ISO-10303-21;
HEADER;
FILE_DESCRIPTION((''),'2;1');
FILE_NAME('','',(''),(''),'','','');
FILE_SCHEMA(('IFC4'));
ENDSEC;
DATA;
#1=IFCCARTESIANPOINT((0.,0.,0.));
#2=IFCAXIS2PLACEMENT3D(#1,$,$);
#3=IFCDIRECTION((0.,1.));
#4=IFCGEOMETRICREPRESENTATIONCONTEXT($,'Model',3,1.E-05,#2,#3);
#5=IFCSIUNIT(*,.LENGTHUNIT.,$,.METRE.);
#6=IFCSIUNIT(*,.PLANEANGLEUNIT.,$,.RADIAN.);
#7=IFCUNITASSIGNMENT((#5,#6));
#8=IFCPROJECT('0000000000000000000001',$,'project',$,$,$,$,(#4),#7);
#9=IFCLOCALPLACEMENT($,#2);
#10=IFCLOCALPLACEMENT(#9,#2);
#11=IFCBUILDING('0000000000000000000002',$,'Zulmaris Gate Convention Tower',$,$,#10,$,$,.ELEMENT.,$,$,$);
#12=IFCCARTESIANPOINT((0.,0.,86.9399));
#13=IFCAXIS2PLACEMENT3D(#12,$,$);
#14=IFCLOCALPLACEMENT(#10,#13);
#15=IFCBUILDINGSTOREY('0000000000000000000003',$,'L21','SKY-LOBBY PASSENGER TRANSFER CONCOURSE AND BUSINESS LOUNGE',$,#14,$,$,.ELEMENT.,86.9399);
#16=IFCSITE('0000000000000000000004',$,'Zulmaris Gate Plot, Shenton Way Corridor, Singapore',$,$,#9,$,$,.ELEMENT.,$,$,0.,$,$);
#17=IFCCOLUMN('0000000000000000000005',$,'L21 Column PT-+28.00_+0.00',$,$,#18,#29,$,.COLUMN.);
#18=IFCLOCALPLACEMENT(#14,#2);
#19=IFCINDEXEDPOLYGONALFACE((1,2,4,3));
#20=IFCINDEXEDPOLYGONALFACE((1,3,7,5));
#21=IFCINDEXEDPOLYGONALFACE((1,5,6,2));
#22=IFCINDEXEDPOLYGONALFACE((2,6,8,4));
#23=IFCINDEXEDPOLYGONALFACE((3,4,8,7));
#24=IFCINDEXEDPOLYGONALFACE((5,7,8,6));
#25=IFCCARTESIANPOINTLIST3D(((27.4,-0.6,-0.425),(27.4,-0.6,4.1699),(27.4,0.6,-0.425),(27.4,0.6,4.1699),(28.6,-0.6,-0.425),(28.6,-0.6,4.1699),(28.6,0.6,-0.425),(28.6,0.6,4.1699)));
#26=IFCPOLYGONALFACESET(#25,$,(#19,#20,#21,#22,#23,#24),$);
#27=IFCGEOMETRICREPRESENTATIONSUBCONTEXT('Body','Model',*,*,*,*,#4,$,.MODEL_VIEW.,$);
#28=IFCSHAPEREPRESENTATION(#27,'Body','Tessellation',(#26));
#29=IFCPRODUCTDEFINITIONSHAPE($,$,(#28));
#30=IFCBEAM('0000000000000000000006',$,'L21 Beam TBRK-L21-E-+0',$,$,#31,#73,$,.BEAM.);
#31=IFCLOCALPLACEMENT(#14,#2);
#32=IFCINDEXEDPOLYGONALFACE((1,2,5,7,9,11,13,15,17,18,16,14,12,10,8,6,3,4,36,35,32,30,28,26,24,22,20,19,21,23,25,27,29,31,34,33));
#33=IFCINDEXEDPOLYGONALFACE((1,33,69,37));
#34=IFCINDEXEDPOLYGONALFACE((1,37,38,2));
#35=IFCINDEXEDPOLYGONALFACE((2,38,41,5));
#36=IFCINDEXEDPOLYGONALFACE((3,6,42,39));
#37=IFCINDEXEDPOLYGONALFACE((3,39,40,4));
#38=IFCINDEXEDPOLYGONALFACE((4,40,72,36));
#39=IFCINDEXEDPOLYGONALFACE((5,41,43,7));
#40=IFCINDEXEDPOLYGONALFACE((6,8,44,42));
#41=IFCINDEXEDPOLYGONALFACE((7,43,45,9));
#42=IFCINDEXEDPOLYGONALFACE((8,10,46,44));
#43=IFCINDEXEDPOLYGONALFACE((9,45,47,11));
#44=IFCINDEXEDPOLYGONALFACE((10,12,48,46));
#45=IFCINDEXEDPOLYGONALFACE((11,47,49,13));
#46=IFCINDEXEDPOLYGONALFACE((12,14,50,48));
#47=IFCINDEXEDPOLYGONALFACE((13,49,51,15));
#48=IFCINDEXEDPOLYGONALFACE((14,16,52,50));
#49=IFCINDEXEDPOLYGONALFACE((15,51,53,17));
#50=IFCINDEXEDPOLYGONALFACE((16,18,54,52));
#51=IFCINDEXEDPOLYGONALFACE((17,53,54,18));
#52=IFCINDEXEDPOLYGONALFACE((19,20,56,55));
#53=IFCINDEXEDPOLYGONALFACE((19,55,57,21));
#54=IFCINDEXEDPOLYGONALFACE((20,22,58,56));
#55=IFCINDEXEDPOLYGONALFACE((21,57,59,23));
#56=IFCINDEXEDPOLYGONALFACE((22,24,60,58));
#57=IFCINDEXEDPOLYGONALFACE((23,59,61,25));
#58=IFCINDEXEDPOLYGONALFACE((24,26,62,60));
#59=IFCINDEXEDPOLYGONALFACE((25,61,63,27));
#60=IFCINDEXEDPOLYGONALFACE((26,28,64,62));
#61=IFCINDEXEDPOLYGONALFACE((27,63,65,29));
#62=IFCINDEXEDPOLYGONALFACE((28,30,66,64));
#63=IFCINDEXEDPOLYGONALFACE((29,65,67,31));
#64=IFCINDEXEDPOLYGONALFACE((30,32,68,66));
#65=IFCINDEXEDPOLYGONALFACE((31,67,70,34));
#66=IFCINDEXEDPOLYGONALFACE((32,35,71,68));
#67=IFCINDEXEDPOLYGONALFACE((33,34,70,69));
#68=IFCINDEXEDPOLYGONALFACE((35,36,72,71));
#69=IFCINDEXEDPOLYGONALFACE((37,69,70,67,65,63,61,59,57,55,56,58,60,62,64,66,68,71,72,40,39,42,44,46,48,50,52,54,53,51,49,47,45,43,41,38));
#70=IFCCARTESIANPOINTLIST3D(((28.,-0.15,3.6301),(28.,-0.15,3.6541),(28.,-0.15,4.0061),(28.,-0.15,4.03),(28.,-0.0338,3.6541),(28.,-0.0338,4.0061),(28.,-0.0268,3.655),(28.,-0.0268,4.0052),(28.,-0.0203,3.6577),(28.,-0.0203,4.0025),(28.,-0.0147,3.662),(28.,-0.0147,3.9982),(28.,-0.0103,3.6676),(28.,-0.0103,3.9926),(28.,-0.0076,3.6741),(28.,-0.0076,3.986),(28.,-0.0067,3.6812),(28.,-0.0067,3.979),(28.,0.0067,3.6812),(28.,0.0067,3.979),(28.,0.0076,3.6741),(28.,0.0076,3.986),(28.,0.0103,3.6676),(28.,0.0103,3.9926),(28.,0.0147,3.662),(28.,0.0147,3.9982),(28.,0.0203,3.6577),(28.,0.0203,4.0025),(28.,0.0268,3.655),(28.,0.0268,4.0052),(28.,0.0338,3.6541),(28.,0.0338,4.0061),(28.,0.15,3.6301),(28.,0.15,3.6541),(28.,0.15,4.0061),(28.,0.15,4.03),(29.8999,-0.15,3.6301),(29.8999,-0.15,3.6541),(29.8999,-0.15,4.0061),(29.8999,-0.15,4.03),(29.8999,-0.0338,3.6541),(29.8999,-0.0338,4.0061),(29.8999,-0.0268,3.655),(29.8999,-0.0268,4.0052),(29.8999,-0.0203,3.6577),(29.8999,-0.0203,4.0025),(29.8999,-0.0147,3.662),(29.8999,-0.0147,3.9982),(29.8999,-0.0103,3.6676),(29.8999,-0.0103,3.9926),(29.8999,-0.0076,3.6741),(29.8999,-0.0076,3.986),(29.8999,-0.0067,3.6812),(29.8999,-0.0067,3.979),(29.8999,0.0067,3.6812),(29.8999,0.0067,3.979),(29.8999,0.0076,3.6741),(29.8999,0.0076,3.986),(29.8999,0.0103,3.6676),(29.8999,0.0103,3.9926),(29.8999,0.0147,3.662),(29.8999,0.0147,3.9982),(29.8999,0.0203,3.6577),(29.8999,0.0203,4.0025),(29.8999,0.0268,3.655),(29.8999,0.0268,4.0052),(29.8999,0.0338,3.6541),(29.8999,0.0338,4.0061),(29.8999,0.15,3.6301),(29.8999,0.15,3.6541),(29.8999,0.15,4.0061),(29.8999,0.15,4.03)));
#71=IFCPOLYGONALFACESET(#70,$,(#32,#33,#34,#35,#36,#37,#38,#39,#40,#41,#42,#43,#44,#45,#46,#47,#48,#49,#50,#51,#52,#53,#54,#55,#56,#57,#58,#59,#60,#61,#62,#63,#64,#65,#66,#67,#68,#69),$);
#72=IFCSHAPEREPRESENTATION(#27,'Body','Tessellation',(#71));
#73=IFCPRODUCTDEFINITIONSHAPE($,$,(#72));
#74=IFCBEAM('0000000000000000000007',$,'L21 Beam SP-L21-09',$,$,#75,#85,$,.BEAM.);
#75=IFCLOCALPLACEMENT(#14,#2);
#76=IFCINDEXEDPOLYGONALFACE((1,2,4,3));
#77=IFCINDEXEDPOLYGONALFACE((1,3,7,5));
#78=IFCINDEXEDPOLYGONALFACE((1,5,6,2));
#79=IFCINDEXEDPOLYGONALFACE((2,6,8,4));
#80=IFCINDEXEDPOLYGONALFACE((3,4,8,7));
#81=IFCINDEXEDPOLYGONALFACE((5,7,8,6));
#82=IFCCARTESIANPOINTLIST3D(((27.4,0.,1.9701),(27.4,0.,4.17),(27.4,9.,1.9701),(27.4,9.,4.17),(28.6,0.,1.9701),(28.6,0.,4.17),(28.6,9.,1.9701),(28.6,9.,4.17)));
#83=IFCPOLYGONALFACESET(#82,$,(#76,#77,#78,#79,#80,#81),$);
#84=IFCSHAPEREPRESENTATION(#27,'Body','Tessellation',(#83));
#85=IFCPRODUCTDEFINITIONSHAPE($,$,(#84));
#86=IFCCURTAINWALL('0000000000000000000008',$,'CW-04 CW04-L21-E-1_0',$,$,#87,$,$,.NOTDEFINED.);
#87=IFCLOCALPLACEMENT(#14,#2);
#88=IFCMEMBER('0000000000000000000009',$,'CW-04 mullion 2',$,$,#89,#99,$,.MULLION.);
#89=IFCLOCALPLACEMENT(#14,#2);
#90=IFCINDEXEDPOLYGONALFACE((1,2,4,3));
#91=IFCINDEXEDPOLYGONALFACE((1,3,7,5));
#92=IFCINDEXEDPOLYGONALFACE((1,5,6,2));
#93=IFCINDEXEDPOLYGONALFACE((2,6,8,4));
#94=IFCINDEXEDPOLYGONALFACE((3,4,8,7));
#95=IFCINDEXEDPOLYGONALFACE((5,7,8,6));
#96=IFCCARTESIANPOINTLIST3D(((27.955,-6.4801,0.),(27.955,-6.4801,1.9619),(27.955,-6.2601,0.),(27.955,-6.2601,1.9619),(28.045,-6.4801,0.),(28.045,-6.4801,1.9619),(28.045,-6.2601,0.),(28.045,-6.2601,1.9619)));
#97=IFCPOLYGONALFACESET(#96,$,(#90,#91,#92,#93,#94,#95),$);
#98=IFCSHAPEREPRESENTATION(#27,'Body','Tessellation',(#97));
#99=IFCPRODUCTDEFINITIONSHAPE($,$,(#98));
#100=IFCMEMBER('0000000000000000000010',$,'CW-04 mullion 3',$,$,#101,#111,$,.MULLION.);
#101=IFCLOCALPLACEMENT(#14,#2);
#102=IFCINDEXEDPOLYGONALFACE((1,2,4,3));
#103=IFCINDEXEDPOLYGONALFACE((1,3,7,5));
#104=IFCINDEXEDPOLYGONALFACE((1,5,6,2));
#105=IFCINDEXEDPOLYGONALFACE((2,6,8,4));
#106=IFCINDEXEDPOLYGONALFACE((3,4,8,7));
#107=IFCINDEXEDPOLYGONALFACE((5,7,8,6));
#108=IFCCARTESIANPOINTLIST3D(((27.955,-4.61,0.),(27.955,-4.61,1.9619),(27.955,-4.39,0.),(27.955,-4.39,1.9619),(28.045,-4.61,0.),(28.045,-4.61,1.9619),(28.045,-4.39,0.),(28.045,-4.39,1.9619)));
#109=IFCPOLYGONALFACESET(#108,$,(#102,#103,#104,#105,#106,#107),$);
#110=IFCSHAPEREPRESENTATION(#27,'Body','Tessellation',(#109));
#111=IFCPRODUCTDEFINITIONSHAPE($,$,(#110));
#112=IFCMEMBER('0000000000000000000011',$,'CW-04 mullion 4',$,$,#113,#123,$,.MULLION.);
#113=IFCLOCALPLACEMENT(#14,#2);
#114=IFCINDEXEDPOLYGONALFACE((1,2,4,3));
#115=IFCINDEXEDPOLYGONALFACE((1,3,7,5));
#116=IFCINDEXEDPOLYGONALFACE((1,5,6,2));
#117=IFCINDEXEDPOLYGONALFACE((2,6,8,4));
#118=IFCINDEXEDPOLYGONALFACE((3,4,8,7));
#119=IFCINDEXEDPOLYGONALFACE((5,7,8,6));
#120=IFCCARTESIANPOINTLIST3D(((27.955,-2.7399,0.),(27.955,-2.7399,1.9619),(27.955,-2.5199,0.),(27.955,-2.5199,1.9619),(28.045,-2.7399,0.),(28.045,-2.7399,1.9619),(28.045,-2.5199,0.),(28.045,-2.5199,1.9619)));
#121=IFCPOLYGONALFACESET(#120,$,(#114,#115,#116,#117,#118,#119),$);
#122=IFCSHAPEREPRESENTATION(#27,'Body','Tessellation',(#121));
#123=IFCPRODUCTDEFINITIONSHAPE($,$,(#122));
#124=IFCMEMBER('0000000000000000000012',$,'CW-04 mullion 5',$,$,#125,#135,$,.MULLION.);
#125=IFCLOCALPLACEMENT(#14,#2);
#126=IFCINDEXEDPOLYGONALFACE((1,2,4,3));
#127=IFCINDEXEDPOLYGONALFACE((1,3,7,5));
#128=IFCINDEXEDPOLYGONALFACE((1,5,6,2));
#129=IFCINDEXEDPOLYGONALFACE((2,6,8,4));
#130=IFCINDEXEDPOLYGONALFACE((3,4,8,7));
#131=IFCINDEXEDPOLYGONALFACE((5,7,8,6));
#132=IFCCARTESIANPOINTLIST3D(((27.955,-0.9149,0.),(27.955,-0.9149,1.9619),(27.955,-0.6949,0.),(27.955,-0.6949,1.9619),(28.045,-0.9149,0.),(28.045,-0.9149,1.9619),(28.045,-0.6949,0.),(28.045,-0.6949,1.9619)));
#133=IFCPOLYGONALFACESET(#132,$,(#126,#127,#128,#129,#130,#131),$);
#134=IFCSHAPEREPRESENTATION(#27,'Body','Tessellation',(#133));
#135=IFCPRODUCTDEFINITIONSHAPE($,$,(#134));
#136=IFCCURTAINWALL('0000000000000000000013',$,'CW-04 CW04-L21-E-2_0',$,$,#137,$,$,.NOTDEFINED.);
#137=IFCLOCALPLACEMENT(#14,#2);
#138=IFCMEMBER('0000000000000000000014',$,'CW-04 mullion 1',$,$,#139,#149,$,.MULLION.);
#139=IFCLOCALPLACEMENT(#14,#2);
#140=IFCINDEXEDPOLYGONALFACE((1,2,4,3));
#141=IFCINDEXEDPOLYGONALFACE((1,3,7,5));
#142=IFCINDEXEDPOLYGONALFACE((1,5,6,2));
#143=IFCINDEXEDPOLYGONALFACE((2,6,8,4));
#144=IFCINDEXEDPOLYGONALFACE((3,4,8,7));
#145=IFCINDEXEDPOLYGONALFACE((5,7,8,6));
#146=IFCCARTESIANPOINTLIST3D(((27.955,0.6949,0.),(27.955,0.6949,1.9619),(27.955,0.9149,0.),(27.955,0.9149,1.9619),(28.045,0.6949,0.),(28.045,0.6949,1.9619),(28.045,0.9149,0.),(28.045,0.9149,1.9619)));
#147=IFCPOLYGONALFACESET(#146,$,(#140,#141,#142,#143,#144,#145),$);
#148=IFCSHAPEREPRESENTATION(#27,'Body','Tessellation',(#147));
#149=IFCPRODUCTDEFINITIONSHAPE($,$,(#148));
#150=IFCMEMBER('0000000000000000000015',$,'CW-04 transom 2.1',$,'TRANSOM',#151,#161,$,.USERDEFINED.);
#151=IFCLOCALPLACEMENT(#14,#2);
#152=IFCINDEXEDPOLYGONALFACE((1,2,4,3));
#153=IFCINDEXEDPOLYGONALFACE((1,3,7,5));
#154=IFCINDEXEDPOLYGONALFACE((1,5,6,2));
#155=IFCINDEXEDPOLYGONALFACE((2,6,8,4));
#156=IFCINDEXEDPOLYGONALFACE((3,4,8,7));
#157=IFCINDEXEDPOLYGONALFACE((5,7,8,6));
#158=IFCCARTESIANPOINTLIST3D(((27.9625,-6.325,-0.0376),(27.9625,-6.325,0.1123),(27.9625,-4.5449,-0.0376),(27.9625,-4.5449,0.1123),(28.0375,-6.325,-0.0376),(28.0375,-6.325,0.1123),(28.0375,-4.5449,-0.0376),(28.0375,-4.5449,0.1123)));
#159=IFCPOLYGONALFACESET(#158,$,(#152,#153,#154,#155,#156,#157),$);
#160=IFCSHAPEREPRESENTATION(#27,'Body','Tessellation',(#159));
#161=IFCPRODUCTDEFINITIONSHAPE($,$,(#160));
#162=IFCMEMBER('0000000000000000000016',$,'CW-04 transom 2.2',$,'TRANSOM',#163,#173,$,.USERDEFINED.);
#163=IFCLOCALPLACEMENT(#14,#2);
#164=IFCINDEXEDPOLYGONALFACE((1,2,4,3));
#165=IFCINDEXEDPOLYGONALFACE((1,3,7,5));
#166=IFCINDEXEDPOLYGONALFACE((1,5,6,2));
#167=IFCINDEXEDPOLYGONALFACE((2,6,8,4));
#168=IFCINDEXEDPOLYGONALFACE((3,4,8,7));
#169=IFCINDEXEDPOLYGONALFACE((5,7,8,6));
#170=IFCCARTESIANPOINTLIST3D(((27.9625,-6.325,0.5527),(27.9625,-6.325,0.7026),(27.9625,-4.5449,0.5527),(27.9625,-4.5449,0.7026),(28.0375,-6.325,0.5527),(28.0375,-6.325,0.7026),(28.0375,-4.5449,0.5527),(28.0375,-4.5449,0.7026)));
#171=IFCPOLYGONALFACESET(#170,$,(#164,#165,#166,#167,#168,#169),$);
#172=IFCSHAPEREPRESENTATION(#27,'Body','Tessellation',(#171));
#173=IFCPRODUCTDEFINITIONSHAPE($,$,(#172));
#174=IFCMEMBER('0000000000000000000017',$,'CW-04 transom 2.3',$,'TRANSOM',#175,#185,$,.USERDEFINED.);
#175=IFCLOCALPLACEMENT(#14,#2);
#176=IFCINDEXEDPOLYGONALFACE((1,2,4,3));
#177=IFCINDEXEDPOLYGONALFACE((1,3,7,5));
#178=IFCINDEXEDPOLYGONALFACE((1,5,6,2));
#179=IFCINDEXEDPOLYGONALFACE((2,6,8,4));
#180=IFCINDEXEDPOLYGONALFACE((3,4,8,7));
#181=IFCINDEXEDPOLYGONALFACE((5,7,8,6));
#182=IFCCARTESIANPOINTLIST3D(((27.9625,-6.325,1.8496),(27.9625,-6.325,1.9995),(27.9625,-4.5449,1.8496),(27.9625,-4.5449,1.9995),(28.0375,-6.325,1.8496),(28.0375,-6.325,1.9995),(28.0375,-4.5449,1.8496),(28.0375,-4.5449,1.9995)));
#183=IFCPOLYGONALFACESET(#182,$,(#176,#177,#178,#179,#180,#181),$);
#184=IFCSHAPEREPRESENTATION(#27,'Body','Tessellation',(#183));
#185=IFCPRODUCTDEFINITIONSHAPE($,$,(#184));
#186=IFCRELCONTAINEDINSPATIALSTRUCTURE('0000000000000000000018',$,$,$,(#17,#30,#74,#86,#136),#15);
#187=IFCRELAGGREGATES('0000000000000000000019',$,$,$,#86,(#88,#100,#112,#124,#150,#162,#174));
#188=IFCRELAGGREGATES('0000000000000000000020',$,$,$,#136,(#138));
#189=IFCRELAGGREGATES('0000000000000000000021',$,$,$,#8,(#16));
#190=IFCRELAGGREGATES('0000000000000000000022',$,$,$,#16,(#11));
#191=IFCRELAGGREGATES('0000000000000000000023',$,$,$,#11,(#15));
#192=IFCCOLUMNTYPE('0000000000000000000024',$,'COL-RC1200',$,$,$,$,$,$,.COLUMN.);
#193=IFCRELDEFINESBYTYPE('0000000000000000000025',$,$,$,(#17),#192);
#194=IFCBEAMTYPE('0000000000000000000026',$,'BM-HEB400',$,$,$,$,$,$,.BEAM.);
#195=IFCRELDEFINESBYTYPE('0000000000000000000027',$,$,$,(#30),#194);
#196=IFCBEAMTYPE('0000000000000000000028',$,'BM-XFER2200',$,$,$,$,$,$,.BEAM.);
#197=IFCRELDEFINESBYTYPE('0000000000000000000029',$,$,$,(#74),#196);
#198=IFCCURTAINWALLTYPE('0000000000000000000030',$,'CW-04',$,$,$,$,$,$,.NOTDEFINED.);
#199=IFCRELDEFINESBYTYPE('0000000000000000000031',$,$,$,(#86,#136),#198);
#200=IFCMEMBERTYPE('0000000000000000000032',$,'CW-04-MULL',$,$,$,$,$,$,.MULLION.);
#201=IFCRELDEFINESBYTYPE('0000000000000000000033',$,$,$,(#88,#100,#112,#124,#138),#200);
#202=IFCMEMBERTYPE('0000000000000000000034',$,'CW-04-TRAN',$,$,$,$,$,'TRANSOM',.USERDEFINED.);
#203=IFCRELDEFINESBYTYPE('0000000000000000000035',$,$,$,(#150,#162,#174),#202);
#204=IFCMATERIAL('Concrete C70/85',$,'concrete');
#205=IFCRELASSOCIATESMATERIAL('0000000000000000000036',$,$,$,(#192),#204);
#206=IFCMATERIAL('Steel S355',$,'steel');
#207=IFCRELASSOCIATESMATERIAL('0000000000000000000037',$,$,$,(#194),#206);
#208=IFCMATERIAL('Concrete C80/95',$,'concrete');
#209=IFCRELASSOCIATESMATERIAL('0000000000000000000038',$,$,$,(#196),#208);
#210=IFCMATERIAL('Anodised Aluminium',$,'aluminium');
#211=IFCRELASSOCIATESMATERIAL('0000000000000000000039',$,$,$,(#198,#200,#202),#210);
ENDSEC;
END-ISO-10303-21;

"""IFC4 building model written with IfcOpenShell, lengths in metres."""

from ifc_helpers import new_model, si_unit, direction, frame, origin, origin_2d, place, context, subcontext, project, spatial, rectangle, i_section, extrude, material, material_profile, profile_set, type_object, element, aggregate, save


model = new_model("IFC4")

# Units and contexts
model_context = context("Model", 3, precision=1e-05, world=origin(), true_north=direction((0.0, 1.0)))
body_context = subcontext(model_context, "Body", "Model", "MODEL_VIEW")
ifc_project = project(units=[si_unit("LENGTHUNIT", "METRE"), si_unit("PLANEANGLEUNIT", "RADIAN")], contexts=[model_context])

# Site, building, storey
site_placement = place(None, origin())
site = spatial("IfcSite", under=ifc_project, at=site_placement, Name="Zulmaris Gate Plot, Shenton Way Corridor, Singapore", CompositionType="ELEMENT", RefElevation=0.0)
building_placement = place(site_placement, origin())
building = spatial("IfcBuilding", under=site, at=building_placement, Name="Zulmaris Gate Convention Tower", CompositionType="ELEMENT")
storey_placement = place(building_placement, frame((0.0, 0.0, 86.9399)))
storey = spatial("IfcBuildingStorey", under=building, at=storey_placement, Name="L21", Description="SKY-LOBBY PASSENGER TRANSFER CONCOURSE AND BUSINESS LOUNGE", CompositionType="ELEMENT", Elevation=86.9399)

# Column
ifc_material_1 = material(Name="Concrete C70/85", Category="concrete")
ifc_material_profile_1 = material_profile(ifc_material_1, rectangle(XDim=1.2, YDim=1.2, at=origin_2d()), Name="RC COL 1200x1200")
ifc_profile_set_1 = profile_set([ifc_material_profile_1], Name="Concrete C70/85")
column_type = type_object("IfcColumnType", Name="COL-RC1200", PredefinedType="COLUMN", material=ifc_profile_set_1)
column_placement = place(storey_placement, frame((28.0, 0.0, -0.425), z_axis=(0.0, 0.0, 1.0), x_axis=(1.0, 0.0, 0.0)))
element("IfcColumn", 1, at=column_placement, inside=storey, type_object=column_type, Name="L21 Column PT-+28.00_+0.00", PredefinedType="COLUMN", context=body_context, shape_type="SweptSolid", body=[
    extrude(rectangle(XDim=1.2, YDim=1.2, at=origin_2d()), origin(), (0.0, 0.0, 1.0), 4.595),
])

# Beams
ifc_material_2 = material(Name="Steel S355", Category="steel")
ifc_material_profile_2 = material_profile(ifc_material_2, i_section(OverallWidth=0.3, OverallDepth=0.3999, WebThickness=0.0134, FlangeThickness=0.0239, FilletRadius=0.0271, at=origin_2d()), Name="HEB 400")
ifc_profile_set_2 = profile_set([ifc_material_profile_2], Name="Steel S355")
beam_type_1 = type_object("IfcBeamType", Name="BM-HEB400", PredefinedType="BEAM", material=ifc_profile_set_2)
beam_1_placement = place(storey_placement, frame((28.0, 0.0, 3.8301), z_axis=(1.0, 0.0, 0.0), x_axis=(0.0, 1.0, 0.0)))
element("IfcBeam", 2, at=beam_1_placement, inside=storey, type_object=beam_type_1, Name="L21 Beam TBRK-L21-E-+0", PredefinedType="BEAM", context=body_context, shape_type="SweptSolid", body=[
    extrude(i_section(OverallWidth=0.3, OverallDepth=0.3999, WebThickness=0.0134, FlangeThickness=0.0239, FilletRadius=0.0271, at=origin_2d()), origin(), (0.0, 0.0, 1.0), 1.8999),
])
ifc_material_3 = material(Name="Concrete C80/95", Category="concrete")
ifc_material_profile_3 = material_profile(ifc_material_3, rectangle(XDim=1.2, YDim=2.2, at=origin_2d()), Name="RC TRANSFER 1200x2200")
ifc_profile_set_3 = profile_set([ifc_material_profile_3], Name="Concrete C80/95")
beam_type_2 = type_object("IfcBeamType", Name="BM-XFER2200", PredefinedType="BEAM", material=ifc_profile_set_3)
beam_2_placement = place(storey_placement, frame((28.0, 0.0, 3.0701), z_axis=(0.0, 1.0, 0.0), x_axis=(-1.0, 0.0, 0.0)))
element("IfcBeam", 3, at=beam_2_placement, inside=storey, type_object=beam_type_2, Name="L21 Beam SP-L21-09", PredefinedType="BEAM", context=body_context, shape_type="SweptSolid", body=[
    extrude(rectangle(XDim=1.2, YDim=2.2, at=origin_2d()), origin(), (0.0, 0.0, 1.0), 9.0),
])

# Curtain wall, members
ifc_material_4 = material(Name="Anodised Aluminium", Category="aluminium")
curtain_wall_type = type_object("IfcCurtainWallType", Name="CW-04", PredefinedType="NOTDEFINED", material=ifc_material_4)
curtain_wall_1_placement = place(storey_placement, origin())
curtain_wall_1 = element("IfcCurtainWall", 4, at=curtain_wall_1_placement, inside=storey, type_object=curtain_wall_type, Name="CW-04 CW04-L21-E-1_0", PredefinedType="NOTDEFINED")
ifc_material_profile_4 = material_profile(ifc_material_4, rectangle(XDim=0.0901, YDim=0.22, at=origin_2d()), Name="ALU MULLION 90x220")
ifc_profile_set_4 = profile_set([ifc_material_profile_4], Name="Anodised Aluminium")
member_type_1 = type_object("IfcMemberType", Name="CW-04-MULL", PredefinedType="MULLION", material=ifc_profile_set_4)
member_1_placement = place(storey_placement, frame((28.0, -6.3701, 0.0), z_axis=(0.0, 0.0, 1.0), x_axis=(-1.0, 0.0, 0.0)))
member_1 = element("IfcMember", 5, at=member_1_placement, type_object=member_type_1, Name="CW-04 mullion 2", PredefinedType="MULLION", context=body_context, shape_type="SweptSolid", body=[
    extrude(rectangle(XDim=0.0901, YDim=0.22, at=origin_2d()), origin(), (0.0, 0.0, 1.0), 1.9619),
])
member_2_placement = place(storey_placement, frame((28.0, -4.5, 0.0), z_axis=(0.0, 0.0, 1.0), x_axis=(-1.0, 0.0, 0.0)))
member_2 = element("IfcMember", 6, at=member_2_placement, type_object=member_type_1, Name="CW-04 mullion 3", PredefinedType="MULLION", context=body_context, shape_type="SweptSolid", body=[
    extrude(rectangle(XDim=0.0901, YDim=0.22, at=origin_2d()), origin(), (0.0, 0.0, 1.0), 1.9619),
])
member_3_placement = place(storey_placement, frame((28.0, -2.6299, 0.0), z_axis=(0.0, 0.0, 1.0), x_axis=(-1.0, 0.0, 0.0)))
member_3 = element("IfcMember", 7, at=member_3_placement, type_object=member_type_1, Name="CW-04 mullion 4", PredefinedType="MULLION", context=body_context, shape_type="SweptSolid", body=[
    extrude(rectangle(XDim=0.0901, YDim=0.22, at=origin_2d()), origin(), (0.0, 0.0, 1.0), 1.9619),
])
member_4_placement = place(storey_placement, frame((28.0, -0.8049, 0.0), z_axis=(0.0, 0.0, 1.0), x_axis=(-1.0, 0.0, 0.0)))
member_4 = element("IfcMember", 8, at=member_4_placement, type_object=member_type_1, Name="CW-04 mullion 5", PredefinedType="MULLION", context=body_context, shape_type="SweptSolid", body=[
    extrude(rectangle(XDim=0.0901, YDim=0.22, at=origin_2d()), origin(), (0.0, 0.0, 1.0), 1.9619),
])

# Curtain wall, member
curtain_wall_2_placement = place(storey_placement, origin())
curtain_wall_2 = element("IfcCurtainWall", 9, at=curtain_wall_2_placement, inside=storey, type_object=curtain_wall_type, Name="CW-04 CW04-L21-E-2_0", PredefinedType="NOTDEFINED")
member_5_placement = place(storey_placement, frame((28.0, 0.8049, 0.0), z_axis=(0.0, 0.0, 1.0), x_axis=(-1.0, 0.0, 0.0)))
member_5 = element("IfcMember", 10, at=member_5_placement, type_object=member_type_1, Name="CW-04 mullion 1", PredefinedType="MULLION", context=body_context, shape_type="SweptSolid", body=[
    extrude(rectangle(XDim=0.0901, YDim=0.22, at=origin_2d()), origin(), (0.0, 0.0, 1.0), 1.9619),
])

# Members
ifc_material_profile_5 = material_profile(ifc_material_4, rectangle(XDim=0.075, YDim=0.1499, at=origin_2d()), Name="ALU TRANSOM 75x150")
ifc_profile_set_5 = profile_set([ifc_material_profile_5], Name="Anodised Aluminium")
member_type_2 = type_object("IfcMemberType", Name="CW-04-TRAN", ElementType="TRANSOM", PredefinedType="USERDEFINED", material=ifc_profile_set_5)
member_6_placement = place(storey_placement, frame((28.0, -6.325, 0.0374), z_axis=(0.0, 1.0, 0.0), x_axis=(-1.0, 0.0, 0.0)))
member_6 = element("IfcMember", 11, at=member_6_placement, type_object=member_type_2, Name="CW-04 transom 2.1", ObjectType="TRANSOM", PredefinedType="USERDEFINED", context=body_context, shape_type="SweptSolid", body=[
    extrude(rectangle(XDim=0.075, YDim=0.1499, at=origin_2d()), origin(), (0.0, 0.0, 1.0), 1.78),
])
member_7_placement = place(storey_placement, frame((28.0, -6.325, 0.6277), z_axis=(0.0, 1.0, 0.0), x_axis=(-1.0, 0.0, 0.0)))
member_7 = element("IfcMember", 12, at=member_7_placement, type_object=member_type_2, Name="CW-04 transom 2.2", ObjectType="TRANSOM", PredefinedType="USERDEFINED", context=body_context, shape_type="SweptSolid", body=[
    extrude(rectangle(XDim=0.075, YDim=0.1499, at=origin_2d()), origin(), (0.0, 0.0, 1.0), 1.78),
])
member_8_placement = place(storey_placement, frame((28.0, -6.325, 1.9246), z_axis=(0.0, 1.0, 0.0), x_axis=(-1.0, 0.0, 0.0)))
member_8 = element("IfcMember", 13, at=member_8_placement, type_object=member_type_2, Name="CW-04 transom 2.3", ObjectType="TRANSOM", PredefinedType="USERDEFINED", context=body_context, shape_type="SweptSolid", body=[
    extrude(rectangle(XDim=0.075, YDim=0.1499, at=origin_2d()), origin(), (0.0, 0.0, 1.0), 1.78),
])

aggregate(curtain_wall_1, [member_1, member_2, member_3, member_4, member_6, member_7, member_8])
aggregate(curtain_wall_2, [member_5])

save(model, "model.ifc")
